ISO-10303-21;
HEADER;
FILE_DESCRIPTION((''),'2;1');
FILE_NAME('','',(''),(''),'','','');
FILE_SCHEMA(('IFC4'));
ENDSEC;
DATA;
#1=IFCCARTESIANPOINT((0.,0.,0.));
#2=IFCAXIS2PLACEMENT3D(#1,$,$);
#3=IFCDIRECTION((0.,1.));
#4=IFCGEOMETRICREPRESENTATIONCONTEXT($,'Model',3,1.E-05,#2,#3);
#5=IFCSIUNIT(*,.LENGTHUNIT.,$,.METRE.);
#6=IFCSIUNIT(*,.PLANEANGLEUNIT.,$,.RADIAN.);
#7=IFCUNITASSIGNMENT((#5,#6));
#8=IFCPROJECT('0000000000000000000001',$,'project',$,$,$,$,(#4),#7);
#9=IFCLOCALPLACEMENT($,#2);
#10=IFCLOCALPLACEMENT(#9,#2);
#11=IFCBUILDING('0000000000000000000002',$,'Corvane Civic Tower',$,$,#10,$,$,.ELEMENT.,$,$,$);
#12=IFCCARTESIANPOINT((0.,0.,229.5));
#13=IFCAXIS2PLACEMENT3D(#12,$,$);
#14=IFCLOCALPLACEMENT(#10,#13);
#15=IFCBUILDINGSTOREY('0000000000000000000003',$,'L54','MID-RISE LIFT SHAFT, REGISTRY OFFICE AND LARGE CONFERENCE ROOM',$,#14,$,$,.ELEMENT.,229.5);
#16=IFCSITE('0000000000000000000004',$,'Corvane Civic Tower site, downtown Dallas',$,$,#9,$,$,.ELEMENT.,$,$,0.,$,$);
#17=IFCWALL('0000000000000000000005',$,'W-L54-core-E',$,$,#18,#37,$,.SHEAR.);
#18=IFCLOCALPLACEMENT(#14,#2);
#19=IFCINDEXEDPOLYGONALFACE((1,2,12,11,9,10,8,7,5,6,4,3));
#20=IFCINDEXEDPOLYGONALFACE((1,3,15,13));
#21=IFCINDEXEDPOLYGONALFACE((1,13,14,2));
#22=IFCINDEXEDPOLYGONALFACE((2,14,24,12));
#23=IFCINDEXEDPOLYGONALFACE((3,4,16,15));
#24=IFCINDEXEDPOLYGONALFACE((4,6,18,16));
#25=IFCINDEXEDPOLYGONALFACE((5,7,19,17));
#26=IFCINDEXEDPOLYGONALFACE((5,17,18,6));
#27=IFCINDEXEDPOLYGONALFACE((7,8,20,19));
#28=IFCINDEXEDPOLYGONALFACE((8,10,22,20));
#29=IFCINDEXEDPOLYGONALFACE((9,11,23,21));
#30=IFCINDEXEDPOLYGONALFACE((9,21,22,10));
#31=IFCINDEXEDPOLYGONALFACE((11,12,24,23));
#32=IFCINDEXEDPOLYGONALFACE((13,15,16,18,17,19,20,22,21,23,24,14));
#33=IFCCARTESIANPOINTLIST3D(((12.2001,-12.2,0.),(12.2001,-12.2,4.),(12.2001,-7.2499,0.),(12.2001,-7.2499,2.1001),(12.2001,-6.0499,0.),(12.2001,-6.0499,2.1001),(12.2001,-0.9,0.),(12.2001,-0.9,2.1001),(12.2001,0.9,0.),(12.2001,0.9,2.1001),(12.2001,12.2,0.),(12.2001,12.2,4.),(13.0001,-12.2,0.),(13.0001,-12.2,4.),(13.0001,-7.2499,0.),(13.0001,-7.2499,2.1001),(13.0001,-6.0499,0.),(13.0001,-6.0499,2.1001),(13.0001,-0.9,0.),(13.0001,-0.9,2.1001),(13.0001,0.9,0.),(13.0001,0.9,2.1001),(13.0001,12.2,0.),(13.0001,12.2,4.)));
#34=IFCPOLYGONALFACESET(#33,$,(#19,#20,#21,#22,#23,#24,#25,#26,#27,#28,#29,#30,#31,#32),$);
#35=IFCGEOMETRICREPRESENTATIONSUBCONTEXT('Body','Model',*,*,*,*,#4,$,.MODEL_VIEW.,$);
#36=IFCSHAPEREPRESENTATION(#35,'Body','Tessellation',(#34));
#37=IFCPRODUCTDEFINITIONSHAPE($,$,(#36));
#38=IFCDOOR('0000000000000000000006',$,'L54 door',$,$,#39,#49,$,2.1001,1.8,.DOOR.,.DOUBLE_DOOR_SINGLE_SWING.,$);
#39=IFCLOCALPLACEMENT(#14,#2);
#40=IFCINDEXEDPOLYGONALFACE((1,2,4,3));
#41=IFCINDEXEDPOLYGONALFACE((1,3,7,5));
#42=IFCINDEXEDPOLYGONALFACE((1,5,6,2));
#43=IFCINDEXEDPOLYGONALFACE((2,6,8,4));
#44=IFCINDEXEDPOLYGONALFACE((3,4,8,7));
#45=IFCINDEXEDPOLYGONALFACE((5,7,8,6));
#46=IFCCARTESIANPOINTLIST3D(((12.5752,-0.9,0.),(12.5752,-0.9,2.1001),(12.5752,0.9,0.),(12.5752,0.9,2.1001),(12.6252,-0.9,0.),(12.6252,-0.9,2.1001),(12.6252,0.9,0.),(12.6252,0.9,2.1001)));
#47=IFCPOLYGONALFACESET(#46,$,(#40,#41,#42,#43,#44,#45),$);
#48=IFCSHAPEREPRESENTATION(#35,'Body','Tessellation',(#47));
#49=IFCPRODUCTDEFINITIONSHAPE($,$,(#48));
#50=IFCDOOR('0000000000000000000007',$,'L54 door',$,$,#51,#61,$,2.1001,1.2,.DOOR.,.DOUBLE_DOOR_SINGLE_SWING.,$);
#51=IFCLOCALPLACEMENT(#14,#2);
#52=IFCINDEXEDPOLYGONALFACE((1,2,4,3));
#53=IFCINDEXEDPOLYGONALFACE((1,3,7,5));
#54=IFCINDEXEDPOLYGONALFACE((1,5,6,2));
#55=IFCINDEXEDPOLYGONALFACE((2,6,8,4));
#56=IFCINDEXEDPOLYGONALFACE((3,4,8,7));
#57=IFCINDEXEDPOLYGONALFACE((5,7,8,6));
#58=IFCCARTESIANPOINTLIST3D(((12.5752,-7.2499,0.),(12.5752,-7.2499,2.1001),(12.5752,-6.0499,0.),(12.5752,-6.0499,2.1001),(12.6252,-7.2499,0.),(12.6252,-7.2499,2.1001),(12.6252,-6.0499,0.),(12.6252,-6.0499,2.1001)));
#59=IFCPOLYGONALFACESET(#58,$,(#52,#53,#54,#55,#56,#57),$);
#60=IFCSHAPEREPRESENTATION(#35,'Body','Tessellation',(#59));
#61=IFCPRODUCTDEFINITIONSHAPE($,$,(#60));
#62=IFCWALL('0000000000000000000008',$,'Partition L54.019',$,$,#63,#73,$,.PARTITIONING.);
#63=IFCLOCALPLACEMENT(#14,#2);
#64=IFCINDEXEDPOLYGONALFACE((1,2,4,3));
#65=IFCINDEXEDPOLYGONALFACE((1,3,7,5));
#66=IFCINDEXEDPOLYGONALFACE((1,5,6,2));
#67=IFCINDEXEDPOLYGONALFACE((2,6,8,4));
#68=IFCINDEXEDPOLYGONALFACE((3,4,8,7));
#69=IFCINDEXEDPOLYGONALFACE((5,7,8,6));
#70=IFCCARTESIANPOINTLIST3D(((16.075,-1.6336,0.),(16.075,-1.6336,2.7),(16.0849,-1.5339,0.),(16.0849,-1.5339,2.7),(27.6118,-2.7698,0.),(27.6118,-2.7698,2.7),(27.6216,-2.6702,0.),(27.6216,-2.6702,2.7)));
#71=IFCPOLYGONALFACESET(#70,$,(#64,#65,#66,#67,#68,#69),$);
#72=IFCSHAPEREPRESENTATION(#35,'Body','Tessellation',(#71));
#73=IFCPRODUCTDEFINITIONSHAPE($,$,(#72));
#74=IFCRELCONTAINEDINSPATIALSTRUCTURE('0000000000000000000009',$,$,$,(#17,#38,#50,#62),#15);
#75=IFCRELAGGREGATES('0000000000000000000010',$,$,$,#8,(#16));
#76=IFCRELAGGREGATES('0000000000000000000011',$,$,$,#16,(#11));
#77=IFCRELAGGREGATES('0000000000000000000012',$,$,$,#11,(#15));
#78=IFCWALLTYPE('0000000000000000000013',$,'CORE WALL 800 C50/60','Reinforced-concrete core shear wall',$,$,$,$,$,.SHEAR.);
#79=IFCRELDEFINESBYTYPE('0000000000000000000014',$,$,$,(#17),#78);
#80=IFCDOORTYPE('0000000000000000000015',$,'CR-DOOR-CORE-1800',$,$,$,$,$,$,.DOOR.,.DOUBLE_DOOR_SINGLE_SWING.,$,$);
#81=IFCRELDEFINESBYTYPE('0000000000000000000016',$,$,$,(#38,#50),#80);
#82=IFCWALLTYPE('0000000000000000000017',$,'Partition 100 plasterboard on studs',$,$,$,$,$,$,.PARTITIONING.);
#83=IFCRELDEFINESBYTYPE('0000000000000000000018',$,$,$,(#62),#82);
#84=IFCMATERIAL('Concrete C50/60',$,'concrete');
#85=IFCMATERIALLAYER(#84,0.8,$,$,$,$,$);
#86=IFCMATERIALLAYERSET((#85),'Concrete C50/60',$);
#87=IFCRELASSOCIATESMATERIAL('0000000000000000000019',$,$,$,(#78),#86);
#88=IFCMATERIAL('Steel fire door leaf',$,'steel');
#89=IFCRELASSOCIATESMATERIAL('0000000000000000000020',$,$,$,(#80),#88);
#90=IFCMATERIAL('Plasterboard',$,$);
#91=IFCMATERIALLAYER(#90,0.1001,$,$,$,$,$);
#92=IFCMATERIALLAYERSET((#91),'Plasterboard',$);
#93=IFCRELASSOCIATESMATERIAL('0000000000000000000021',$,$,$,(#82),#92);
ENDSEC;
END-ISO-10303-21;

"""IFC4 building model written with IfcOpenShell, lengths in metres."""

from ifc_helpers import new_model, si_unit, direction, frame, frame_2d, origin, place, context, subcontext, project, spatial, rectangle, extrude, material, layer, layer_set, type_object, element, fill, save


model = new_model("IFC4")

# Units and contexts
model_context = context("Model", 3, precision=1e-05, world=origin(), true_north=direction((0.0, 1.0)))
body_context = subcontext(model_context, "Body", "Model", "MODEL_VIEW")
ifc_project = project(units=[si_unit("LENGTHUNIT", "METRE"), si_unit("PLANEANGLEUNIT", "RADIAN")], contexts=[model_context])

# Site, building, storey
site_placement = place(None, origin())
site = spatial("IfcSite", under=ifc_project, at=site_placement, Name="Corvane Civic Tower site, downtown Dallas", CompositionType="ELEMENT", RefElevation=0.0)
building_placement = place(site_placement, origin())
building = spatial("IfcBuilding", under=site, at=building_placement, Name="Corvane Civic Tower", CompositionType="ELEMENT")
storey_placement = place(building_placement, frame((0.0, 0.0, 229.5)))
storey = spatial("IfcBuildingStorey", under=building, at=storey_placement, Name="L54", Description="MID-RISE LIFT SHAFT, REGISTRY OFFICE AND LARGE CONFERENCE ROOM", CompositionType="ELEMENT", Elevation=229.5)

# Wall, openings, doors
ifc_material_1 = material(Name="Concrete C50/60", Category="concrete")
ifc_layer_1 = layer(ifc_material_1, 0.8)
ifc_layer_set_1 = layer_set([ifc_layer_1], Name="Concrete C50/60")
wall_type_1 = type_object("IfcWallType", Name="CORE WALL 800 C50/60", Description="Reinforced-concrete core shear wall", PredefinedType="SHEAR", material=ifc_layer_set_1)
wall_1_placement = place(storey_placement, frame((12.6001, -12.2, 0.0), z_axis=(0.0, 0.0, 1.0), x_axis=(0.0, 1.0, 0.0)))
wall_1 = element("IfcWall", 1, at=wall_1_placement, inside=storey, type_object=wall_type_1, Name="W-L54-core-E", PredefinedType="SHEAR", context=body_context, shape_type="SweptSolid", body=[
    extrude(rectangle(XDim=24.3999, YDim=0.8, at=frame_2d((12.2, 0.0))), origin(), (0.0, 0.0, 1.0), 4.0),
])
opening_1_placement = place(wall_1_placement, frame((11.3, 0.0, 0.0)))
opening_1 = element("IfcOpeningElement", 2, at=opening_1_placement, cuts=wall_1, PredefinedType="OPENING", context=body_context, shape_type="SweptSolid", body=[
    extrude(rectangle(XDim=1.8, YDim=2.1001, at=frame_2d((0.8999, 1.05))), frame((0.0, 0.4099, 0.0), z_axis=(0.0, -1.0, 0.0), x_axis=(1.0, 0.0, 0.0)), (0.0, 0.0, 1.0), 0.8201),
])
opening_2_placement = place(wall_1_placement, frame((4.95, 0.0, 0.0)))
opening_2 = element("IfcOpeningElement", 3, at=opening_2_placement, cuts=wall_1, PredefinedType="OPENING", context=body_context, shape_type="SweptSolid", body=[
    extrude(rectangle(XDim=1.2, YDim=2.1001, at=frame_2d((0.6001, 1.05))), frame((0.0, 0.4099, 0.0), z_axis=(0.0, -1.0, 0.0), x_axis=(1.0, 0.0, 0.0)), (0.0, 0.0, 1.0), 0.8201),
])
ifc_material_2 = material(Name="Steel fire door leaf", Category="steel")
door_type = type_object("IfcDoorType", Name="CR-DOOR-CORE-1800", OperationType="DOUBLE_DOOR_SINGLE_SWING", PredefinedType="DOOR", material=ifc_material_2)
door_1_placement = place(opening_1_placement, origin())
door_1 = element("IfcDoor", 4, at=door_1_placement, inside=storey, type_object=door_type, Name="L54 door", OperationType="DOUBLE_DOOR_SINGLE_SWING", OverallHeight=2.1001, OverallWidth=1.8, PredefinedType="DOOR", context=body_context, shape_type="SweptSolid", body=[
    extrude(rectangle(XDim=1.8, YDim=2.1001, at=frame_2d((0.8999, 1.05))), frame((0.0, 0.0249, 0.0), z_axis=(0.0, -1.0, 0.0), x_axis=(1.0, 0.0, 0.0)), (0.0, 0.0, 1.0), 0.05),
])
fill(opening_1, door_1)
door_2_placement = place(opening_2_placement, origin())
door_2 = element("IfcDoor", 5, at=door_2_placement, inside=storey, type_object=door_type, Name="L54 door", OperationType="DOUBLE_DOOR_SINGLE_SWING", OverallHeight=2.1001, OverallWidth=1.2, PredefinedType="DOOR", context=body_context, shape_type="SweptSolid", body=[
    extrude(rectangle(XDim=1.2, YDim=2.1001, at=frame_2d((0.6001, 1.05))), frame((0.0, 0.0249, 0.0), z_axis=(0.0, -1.0, 0.0), x_axis=(1.0, 0.0, 0.0)), (0.0, 0.0, 1.0), 0.05),
])
fill(opening_2, door_2)

# Wall
ifc_material_3 = material(Name="Plasterboard")
ifc_layer_2 = layer(ifc_material_3, 0.1001)
ifc_layer_set_2 = layer_set([ifc_layer_2], Name="Plasterboard")
wall_type_2 = type_object("IfcWallType", Name="Partition 100 plasterboard on studs", PredefinedType="PARTITIONING", material=ifc_layer_set_2)
wall_2_placement = place(storey_placement, frame((16.0798, -1.5837, 0.0), z_axis=(0.0, 0.0, 1.0), x_axis=(0.995185, -0.098015, 0.0)))
element("IfcWall", 6, at=wall_2_placement, inside=storey, type_object=wall_type_2, Name="Partition L54.019", PredefinedType="PARTITIONING", context=body_context, shape_type="SweptSolid", body=[
    extrude(rectangle(XDim=11.5925, YDim=0.1001, at=frame_2d((5.7964, 0.0))), origin(), (0.0, 0.0, 1.0), 2.7),
])

save(model, "model.ifc")
